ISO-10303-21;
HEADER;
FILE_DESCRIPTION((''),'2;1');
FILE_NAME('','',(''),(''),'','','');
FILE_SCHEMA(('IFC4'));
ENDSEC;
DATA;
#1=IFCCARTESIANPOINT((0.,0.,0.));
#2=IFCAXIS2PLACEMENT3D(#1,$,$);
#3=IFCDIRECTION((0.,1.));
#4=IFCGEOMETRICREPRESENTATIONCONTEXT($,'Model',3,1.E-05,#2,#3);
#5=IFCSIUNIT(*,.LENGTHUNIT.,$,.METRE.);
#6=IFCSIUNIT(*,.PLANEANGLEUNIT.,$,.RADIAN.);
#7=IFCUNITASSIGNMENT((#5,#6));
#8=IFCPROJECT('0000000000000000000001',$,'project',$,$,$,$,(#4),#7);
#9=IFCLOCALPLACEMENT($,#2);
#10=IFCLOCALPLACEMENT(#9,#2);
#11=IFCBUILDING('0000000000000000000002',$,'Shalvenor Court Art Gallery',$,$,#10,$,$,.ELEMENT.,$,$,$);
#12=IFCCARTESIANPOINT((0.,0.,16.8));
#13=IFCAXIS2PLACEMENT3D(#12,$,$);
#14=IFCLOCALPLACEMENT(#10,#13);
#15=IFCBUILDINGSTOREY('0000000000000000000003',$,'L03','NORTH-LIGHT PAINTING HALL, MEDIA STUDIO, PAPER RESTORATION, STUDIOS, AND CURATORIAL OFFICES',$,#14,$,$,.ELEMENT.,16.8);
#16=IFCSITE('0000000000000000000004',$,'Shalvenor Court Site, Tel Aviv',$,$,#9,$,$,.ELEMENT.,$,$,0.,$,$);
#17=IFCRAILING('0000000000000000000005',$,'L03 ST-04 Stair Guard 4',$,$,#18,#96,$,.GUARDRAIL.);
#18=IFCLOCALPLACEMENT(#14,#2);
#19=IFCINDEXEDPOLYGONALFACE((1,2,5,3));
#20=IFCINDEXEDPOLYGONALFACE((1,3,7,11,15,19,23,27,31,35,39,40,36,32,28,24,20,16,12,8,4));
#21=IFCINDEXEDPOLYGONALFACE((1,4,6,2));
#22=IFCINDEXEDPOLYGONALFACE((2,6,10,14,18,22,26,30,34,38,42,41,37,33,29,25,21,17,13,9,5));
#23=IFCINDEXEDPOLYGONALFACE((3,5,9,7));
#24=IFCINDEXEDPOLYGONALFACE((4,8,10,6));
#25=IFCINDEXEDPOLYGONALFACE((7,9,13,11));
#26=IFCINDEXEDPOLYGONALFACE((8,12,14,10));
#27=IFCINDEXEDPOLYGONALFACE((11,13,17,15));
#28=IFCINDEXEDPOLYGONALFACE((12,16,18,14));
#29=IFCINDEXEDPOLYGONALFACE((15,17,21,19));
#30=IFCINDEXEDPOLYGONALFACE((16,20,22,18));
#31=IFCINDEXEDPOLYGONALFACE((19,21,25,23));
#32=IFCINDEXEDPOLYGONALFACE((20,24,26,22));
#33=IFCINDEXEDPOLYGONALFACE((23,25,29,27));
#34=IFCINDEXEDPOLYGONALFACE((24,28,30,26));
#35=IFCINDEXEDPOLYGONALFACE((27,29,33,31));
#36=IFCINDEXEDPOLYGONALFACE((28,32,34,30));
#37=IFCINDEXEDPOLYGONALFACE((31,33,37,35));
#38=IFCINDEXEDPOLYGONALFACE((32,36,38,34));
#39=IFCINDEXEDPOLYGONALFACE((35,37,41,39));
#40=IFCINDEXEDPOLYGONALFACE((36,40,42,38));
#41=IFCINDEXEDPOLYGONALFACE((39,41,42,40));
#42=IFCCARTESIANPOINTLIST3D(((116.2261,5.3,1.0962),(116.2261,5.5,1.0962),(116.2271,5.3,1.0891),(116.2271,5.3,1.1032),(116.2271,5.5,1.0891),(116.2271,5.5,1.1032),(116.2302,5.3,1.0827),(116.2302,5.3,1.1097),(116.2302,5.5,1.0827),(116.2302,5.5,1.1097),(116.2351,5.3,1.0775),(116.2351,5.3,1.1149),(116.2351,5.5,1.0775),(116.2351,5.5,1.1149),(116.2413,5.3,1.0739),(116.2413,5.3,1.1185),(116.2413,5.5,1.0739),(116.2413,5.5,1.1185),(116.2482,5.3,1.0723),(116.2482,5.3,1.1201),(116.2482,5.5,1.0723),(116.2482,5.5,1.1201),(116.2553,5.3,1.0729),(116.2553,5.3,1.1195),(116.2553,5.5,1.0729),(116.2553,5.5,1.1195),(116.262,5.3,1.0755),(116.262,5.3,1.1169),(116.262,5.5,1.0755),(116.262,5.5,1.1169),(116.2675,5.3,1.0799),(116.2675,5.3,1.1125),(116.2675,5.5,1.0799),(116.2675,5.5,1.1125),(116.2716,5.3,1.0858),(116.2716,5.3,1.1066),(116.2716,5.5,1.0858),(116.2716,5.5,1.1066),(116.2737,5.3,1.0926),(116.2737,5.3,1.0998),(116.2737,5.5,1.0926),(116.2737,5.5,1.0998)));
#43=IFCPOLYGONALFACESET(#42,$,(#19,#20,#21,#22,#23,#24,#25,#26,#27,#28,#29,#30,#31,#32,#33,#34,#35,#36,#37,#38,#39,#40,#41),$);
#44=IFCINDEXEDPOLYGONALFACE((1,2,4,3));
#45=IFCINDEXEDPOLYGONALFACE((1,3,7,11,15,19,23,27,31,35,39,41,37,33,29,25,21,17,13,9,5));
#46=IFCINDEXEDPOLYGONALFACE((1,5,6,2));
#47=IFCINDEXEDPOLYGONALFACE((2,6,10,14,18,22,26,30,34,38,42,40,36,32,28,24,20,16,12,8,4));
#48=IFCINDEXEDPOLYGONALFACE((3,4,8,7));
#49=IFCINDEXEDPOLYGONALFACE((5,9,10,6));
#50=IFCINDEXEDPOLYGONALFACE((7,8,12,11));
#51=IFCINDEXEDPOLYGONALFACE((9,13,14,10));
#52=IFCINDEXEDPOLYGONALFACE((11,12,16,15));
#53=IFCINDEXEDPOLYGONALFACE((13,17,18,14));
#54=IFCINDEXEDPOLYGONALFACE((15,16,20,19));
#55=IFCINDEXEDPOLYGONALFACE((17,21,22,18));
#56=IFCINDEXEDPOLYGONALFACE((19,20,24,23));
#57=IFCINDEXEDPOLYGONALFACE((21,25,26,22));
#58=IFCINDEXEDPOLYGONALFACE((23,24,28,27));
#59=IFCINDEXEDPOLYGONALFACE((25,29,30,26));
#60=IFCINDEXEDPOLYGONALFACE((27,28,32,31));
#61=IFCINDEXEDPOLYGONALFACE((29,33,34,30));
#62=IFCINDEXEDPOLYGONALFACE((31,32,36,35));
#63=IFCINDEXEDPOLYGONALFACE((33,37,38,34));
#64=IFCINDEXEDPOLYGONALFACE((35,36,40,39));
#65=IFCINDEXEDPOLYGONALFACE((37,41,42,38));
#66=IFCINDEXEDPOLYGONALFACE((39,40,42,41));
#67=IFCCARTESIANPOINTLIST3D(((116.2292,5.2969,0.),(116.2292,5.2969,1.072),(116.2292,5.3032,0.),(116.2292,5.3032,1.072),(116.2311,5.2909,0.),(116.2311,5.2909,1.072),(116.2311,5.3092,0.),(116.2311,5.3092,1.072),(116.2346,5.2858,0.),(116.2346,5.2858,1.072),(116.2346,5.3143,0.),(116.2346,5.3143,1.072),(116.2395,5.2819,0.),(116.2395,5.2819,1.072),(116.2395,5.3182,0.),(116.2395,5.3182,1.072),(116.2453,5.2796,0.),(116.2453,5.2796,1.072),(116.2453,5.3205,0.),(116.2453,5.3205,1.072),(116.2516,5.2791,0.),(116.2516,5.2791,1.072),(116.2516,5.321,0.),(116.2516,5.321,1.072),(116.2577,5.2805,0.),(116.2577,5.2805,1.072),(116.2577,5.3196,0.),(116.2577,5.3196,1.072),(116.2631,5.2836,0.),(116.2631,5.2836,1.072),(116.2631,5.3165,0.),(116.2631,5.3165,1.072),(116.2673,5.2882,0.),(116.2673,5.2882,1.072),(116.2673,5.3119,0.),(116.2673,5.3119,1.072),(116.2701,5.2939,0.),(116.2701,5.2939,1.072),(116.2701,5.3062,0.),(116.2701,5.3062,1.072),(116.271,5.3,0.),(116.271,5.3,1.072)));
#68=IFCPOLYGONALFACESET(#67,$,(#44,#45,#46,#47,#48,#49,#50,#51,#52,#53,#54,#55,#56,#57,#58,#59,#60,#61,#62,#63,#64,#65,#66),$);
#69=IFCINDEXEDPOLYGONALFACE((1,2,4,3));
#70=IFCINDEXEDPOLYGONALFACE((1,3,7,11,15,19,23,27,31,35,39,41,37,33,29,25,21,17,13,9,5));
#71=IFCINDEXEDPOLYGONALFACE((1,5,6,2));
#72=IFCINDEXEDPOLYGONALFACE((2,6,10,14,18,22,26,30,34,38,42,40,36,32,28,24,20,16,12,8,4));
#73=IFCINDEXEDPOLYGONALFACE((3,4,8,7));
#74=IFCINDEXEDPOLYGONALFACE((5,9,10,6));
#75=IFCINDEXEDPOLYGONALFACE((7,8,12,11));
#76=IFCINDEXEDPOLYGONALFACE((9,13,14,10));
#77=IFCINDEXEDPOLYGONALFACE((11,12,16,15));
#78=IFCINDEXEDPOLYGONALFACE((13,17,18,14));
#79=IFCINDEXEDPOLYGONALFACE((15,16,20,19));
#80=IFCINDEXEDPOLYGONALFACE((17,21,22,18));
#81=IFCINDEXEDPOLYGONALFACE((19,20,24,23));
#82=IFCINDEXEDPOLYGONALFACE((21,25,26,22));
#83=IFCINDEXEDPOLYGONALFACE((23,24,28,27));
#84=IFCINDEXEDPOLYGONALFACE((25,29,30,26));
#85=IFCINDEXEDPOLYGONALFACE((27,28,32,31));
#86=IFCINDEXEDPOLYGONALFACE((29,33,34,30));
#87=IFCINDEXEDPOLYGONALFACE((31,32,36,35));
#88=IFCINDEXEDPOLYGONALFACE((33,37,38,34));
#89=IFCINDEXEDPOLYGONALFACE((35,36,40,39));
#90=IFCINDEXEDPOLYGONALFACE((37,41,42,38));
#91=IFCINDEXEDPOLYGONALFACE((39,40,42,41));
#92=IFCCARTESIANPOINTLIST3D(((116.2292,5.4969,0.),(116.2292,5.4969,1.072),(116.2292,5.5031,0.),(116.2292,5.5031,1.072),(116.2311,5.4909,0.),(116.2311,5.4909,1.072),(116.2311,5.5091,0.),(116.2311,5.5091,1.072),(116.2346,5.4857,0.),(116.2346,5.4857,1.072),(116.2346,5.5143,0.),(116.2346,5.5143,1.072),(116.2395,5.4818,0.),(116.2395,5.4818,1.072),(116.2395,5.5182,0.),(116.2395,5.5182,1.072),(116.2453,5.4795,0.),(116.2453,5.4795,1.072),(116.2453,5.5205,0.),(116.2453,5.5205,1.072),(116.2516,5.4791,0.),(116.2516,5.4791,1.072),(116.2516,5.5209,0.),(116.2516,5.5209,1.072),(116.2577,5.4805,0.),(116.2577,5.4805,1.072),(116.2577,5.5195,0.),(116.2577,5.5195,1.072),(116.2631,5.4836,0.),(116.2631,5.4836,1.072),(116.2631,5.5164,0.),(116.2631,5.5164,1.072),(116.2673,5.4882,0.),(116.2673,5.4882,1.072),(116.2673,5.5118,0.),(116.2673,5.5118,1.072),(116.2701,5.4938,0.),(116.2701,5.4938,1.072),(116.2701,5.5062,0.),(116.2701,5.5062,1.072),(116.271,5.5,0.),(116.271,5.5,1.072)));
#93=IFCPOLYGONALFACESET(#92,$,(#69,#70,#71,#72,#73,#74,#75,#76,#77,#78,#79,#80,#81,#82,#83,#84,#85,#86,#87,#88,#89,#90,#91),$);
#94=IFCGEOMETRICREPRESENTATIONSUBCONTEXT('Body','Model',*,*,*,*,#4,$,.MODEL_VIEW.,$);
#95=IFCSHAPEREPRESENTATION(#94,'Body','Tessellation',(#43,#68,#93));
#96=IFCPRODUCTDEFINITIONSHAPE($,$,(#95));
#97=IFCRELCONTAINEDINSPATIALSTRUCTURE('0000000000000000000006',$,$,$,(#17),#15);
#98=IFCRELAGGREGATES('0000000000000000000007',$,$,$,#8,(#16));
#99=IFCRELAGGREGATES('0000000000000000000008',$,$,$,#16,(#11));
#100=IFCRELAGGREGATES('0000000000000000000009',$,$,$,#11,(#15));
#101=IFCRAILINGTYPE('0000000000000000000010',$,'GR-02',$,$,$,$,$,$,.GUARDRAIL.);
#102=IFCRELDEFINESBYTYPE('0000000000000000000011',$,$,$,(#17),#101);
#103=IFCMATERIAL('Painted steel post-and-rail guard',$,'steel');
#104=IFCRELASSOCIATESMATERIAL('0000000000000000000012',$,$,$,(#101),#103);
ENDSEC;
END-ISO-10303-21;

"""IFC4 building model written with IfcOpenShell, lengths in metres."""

from ifc_helpers import new_model, si_unit, direction, frame, origin, origin_2d, place, context, subcontext, project, spatial, circle, extrude, material, type_object, element, save


model = new_model("IFC4")

# Units and contexts
model_context = context("Model", 3, precision=1e-05, world=origin(), true_north=direction((0.0, 1.0)))
body_context = subcontext(model_context, "Body", "Model", "MODEL_VIEW")
ifc_project = project(units=[si_unit("LENGTHUNIT", "METRE"), si_unit("PLANEANGLEUNIT", "RADIAN")], contexts=[model_context])

# Site, building, storey
site_placement = place(None, origin())
site = spatial("IfcSite", under=ifc_project, at=site_placement, Name="Shalvenor Court Site, Tel Aviv", CompositionType="ELEMENT", RefElevation=0.0)
building_placement = place(site_placement, origin())
building = spatial("IfcBuilding", under=site, at=building_placement, Name="Shalvenor Court Art Gallery", CompositionType="ELEMENT")
storey_placement = place(building_placement, frame((0.0, 0.0, 16.8)))
storey = spatial("IfcBuildingStorey", under=building, at=storey_placement, Name="L03", Description="NORTH-LIGHT PAINTING HALL, MEDIA STUDIO, PAPER RESTORATION, STUDIOS, AND CURATORIAL OFFICES", CompositionType="ELEMENT", Elevation=16.8)

# Railing
ifc_material_1 = material(Name="Painted steel post-and-rail guard", Category="steel")
railing_type_1 = type_object("IfcRailingType", Name="GR-02", PredefinedType="GUARDRAIL", material=ifc_material_1)
railing_1_placement = place(storey_placement, frame((116.25, 5.3, 0.0)))
element("IfcRailing", 1, at=railing_1_placement, inside=storey, type_object=railing_type_1, Name="L03 ST-04 Stair Guard 4", PredefinedType="GUARDRAIL", context=body_context, shape_type="SweptSolid", body=[
    extrude(circle(Radius=0.0239, at=origin_2d()), frame((0.0, 0.0, 1.0962), z_axis=(0.0, 1.0, 0.0), x_axis=(-1.0, 0.0, 0.0)), (0.0, 0.0, 1.0), 0.2),
    extrude(circle(Radius=0.021, at=origin_2d()), origin(), (0.0, 0.0, 1.0), 1.072),
    extrude(circle(Radius=0.021, at=origin_2d()), frame((0.0, 0.2, 0.0)), (0.0, 0.0, 1.0), 1.072),
])

save(model, "model.ifc")
